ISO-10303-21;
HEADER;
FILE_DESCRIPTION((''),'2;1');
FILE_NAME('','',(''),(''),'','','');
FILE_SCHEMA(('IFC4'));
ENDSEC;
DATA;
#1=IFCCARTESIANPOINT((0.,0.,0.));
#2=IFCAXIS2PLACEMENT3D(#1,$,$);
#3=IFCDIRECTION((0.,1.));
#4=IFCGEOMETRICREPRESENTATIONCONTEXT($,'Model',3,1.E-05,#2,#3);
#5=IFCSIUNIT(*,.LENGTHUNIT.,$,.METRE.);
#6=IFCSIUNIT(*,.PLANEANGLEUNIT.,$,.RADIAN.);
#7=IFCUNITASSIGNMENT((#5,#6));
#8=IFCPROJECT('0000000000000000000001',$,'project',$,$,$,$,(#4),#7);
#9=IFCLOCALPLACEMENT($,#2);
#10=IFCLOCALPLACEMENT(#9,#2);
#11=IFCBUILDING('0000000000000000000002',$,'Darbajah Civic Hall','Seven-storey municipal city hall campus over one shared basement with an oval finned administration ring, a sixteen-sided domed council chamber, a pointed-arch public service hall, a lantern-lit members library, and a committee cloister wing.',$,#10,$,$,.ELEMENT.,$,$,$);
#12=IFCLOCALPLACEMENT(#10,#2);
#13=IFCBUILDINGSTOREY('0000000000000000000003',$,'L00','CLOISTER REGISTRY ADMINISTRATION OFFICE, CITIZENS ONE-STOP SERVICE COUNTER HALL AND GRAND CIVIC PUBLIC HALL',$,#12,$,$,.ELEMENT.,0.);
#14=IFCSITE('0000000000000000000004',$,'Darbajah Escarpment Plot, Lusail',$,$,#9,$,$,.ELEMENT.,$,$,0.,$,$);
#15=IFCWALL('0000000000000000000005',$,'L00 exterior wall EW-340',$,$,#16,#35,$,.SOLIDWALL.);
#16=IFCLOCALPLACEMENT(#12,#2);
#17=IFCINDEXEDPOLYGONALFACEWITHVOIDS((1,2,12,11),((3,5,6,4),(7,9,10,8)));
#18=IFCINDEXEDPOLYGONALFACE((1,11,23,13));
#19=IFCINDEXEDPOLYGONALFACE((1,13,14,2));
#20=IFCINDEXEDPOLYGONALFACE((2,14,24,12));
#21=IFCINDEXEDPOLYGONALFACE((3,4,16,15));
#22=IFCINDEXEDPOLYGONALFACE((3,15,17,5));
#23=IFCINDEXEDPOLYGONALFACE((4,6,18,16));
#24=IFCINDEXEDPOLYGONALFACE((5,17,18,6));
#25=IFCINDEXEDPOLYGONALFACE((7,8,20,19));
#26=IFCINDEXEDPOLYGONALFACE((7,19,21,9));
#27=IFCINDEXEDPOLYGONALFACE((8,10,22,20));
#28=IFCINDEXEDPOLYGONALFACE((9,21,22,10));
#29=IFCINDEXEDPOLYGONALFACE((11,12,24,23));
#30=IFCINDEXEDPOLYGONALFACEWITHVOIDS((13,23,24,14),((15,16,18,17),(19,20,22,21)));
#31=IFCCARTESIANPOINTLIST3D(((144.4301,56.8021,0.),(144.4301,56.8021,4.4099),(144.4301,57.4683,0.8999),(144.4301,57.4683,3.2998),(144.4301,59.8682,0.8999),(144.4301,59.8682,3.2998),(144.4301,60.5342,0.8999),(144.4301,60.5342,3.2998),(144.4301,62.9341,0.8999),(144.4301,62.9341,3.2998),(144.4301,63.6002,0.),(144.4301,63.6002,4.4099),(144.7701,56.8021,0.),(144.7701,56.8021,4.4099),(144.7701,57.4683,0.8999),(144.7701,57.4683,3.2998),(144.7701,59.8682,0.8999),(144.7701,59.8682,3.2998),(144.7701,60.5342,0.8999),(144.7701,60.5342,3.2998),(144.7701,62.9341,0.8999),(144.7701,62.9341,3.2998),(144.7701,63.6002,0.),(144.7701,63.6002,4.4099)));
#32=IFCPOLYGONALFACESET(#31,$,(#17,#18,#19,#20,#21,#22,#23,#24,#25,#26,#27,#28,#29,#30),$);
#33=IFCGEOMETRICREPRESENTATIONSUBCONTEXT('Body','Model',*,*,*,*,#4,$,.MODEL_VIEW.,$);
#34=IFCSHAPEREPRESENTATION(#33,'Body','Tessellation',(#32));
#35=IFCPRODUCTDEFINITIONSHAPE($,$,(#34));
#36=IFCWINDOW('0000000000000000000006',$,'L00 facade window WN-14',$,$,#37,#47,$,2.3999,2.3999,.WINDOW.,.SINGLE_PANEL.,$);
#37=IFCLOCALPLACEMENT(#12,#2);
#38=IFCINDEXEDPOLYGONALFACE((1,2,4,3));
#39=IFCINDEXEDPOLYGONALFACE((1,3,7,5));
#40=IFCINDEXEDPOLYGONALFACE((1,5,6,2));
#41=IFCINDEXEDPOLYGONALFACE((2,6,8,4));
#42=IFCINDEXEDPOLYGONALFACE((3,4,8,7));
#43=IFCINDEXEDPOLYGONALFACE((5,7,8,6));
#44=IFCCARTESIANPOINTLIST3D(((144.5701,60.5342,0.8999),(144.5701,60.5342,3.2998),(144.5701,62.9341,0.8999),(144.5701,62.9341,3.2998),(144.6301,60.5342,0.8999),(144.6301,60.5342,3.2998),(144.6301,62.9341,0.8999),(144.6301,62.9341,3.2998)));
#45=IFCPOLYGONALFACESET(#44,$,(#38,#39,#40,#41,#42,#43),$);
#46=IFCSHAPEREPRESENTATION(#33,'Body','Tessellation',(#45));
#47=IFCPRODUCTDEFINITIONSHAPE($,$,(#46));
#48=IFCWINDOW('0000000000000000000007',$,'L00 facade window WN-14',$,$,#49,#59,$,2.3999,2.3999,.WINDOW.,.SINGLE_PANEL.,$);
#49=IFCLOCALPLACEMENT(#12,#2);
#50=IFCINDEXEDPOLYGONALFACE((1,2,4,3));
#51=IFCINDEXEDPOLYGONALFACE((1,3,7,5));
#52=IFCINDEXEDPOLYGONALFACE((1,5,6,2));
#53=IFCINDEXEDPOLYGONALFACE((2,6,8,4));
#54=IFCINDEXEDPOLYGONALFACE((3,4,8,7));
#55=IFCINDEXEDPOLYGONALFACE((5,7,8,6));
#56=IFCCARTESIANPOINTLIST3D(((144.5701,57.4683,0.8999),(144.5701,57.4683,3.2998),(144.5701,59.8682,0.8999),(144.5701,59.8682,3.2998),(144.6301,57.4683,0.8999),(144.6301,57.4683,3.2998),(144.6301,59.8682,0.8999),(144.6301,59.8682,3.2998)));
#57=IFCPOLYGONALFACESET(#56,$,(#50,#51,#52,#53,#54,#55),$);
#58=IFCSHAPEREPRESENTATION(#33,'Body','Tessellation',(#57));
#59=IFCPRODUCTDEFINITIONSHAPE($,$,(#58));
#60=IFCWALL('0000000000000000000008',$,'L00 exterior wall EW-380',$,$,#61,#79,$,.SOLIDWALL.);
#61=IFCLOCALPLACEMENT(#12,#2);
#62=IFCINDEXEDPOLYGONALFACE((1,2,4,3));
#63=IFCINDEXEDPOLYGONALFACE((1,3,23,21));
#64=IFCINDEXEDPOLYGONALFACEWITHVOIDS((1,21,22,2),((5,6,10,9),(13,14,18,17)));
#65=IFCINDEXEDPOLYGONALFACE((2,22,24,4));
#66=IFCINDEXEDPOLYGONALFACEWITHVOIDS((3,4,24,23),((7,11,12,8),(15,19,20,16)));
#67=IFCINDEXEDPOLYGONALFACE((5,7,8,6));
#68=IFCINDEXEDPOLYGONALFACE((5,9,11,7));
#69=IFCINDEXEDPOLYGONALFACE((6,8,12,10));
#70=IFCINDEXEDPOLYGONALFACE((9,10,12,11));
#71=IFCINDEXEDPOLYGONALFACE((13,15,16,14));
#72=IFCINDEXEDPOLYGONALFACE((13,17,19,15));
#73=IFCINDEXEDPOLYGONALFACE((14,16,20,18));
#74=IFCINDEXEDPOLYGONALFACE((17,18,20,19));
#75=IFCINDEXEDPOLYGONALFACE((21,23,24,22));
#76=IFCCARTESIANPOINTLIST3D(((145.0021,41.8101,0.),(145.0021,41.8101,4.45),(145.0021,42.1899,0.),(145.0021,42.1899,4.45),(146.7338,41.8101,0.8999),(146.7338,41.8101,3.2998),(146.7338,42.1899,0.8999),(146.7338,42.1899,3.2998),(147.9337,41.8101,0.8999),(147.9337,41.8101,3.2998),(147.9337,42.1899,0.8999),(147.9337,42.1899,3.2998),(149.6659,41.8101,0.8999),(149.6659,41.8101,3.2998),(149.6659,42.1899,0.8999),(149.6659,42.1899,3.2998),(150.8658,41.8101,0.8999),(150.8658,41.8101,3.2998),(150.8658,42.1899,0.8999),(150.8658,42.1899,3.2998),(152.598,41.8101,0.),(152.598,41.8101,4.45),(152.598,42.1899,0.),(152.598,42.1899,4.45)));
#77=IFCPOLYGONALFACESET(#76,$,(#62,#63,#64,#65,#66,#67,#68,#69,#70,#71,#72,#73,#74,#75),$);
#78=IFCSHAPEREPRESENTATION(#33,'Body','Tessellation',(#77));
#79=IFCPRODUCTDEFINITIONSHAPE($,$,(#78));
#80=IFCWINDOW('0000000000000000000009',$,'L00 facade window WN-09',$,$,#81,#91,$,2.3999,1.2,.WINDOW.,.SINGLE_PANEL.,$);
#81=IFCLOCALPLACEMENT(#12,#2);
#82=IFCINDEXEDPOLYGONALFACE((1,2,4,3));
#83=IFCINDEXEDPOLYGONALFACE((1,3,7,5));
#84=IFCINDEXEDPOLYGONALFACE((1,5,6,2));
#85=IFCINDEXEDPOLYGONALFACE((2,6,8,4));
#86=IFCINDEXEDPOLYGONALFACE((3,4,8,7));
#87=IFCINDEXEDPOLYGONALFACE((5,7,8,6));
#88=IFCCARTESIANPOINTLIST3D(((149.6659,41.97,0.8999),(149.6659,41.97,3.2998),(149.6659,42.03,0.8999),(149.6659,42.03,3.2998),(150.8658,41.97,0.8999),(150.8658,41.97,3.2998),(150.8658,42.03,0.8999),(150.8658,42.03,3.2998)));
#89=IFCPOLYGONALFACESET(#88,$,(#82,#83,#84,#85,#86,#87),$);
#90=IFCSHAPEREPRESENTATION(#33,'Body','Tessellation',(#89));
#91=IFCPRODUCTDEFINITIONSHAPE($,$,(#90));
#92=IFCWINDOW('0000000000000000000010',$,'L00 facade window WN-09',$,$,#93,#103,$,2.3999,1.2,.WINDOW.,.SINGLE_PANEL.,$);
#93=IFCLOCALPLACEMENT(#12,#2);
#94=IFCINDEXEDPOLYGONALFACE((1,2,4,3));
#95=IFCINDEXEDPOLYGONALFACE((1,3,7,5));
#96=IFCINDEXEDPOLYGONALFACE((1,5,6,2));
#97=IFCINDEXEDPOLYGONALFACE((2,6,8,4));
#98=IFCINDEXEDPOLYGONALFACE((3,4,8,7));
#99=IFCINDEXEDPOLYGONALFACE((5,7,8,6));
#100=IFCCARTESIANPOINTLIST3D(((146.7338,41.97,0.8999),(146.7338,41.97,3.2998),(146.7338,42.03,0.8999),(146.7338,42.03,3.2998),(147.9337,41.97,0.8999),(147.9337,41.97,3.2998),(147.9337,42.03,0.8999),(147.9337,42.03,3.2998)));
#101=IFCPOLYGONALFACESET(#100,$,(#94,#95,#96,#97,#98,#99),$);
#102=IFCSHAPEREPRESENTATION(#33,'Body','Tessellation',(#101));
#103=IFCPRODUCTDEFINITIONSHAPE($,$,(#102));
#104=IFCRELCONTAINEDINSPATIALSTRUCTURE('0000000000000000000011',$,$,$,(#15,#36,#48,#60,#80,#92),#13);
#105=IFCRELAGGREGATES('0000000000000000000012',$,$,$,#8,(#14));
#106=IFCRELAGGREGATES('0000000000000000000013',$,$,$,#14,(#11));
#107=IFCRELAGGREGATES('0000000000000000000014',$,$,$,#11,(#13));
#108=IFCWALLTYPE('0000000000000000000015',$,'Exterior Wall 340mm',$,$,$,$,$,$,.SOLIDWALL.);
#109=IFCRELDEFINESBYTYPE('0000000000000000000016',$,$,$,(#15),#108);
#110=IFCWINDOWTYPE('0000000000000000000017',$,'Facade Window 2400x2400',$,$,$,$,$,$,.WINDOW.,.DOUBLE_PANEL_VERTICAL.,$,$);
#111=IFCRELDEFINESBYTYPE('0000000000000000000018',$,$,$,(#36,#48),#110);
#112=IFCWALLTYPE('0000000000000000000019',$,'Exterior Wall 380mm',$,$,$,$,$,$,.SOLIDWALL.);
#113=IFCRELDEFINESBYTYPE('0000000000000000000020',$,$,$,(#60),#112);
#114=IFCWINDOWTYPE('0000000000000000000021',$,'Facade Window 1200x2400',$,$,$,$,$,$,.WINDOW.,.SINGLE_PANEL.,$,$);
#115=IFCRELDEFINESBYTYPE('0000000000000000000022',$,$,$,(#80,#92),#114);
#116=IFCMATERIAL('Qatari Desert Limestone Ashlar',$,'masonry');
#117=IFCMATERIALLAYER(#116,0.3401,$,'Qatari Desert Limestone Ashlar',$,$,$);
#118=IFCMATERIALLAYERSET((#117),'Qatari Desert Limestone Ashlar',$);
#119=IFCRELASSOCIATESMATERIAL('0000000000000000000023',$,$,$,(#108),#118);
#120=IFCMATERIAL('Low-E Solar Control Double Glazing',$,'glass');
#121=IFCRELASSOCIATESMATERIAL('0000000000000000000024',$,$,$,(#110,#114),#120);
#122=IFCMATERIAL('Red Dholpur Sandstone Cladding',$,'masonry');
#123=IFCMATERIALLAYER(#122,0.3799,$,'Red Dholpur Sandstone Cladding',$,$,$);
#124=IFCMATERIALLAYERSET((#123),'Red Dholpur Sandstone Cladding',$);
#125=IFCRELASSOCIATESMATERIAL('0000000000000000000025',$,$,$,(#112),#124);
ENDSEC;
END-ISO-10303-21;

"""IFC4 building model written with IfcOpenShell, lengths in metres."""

from ifc_helpers import new_model, si_unit, direction, frame, frame_2d, origin, place, context, subcontext, project, spatial, rectangle, extrude, material, layer, layer_set, type_object, element, fill, save


model = new_model("IFC4")

# Units and contexts
model_context = context("Model", 3, precision=1e-05, world=origin(), true_north=direction((0.0, 1.0)))
body_context = subcontext(model_context, "Body", "Model", "MODEL_VIEW")
ifc_project = project(units=[si_unit("LENGTHUNIT", "METRE"), si_unit("PLANEANGLEUNIT", "RADIAN")], contexts=[model_context])

# Site, building, storey
site_placement = place(None, origin())
site = spatial("IfcSite", under=ifc_project, at=site_placement, Name="Darbajah Escarpment Plot, Lusail", CompositionType="ELEMENT", RefElevation=0.0)
building_placement = place(site_placement, origin())
building = spatial("IfcBuilding", under=site, at=building_placement, Name="Darbajah Civic Hall", Description="Seven-storey municipal city hall campus over one shared basement with an oval finned administration ring, a sixteen-sided domed council chamber, a pointed-arch public service hall, a lantern-lit members library, and a committee cloister wing.", CompositionType="ELEMENT")
storey_placement = place(building_placement, origin())
storey = spatial("IfcBuildingStorey", under=building, at=storey_placement, Name="L00", Description="CLOISTER REGISTRY ADMINISTRATION OFFICE, CITIZENS ONE-STOP SERVICE COUNTER HALL AND GRAND CIVIC PUBLIC HALL", CompositionType="ELEMENT", Elevation=0.0)

# Walls, openings, windows
ifc_material_1 = material(Name="Qatari Desert Limestone Ashlar", Category="masonry")
ifc_layer_1 = layer(ifc_material_1, 0.3401, Name="Qatari Desert Limestone Ashlar")
ifc_layer_set_1 = layer_set([ifc_layer_1], Name="Qatari Desert Limestone Ashlar")
wall_type_1 = type_object("IfcWallType", Name="Exterior Wall 340mm", PredefinedType="SOLIDWALL", material=ifc_layer_set_1)
ifc_material_2 = material(Name="Low-E Solar Control Double Glazing", Category="glass")
wall_1_placement = place(storey_placement, frame((144.6001, 63.6001, 0.0), z_axis=(0.0, 0.0, 1.0), x_axis=(0.0, -1.0, 0.0)))
wall_1 = element("IfcWall", 1, at=wall_1_placement, inside=storey, type_object=wall_type_1, Name="L00 exterior wall EW-340", PredefinedType="SOLIDWALL", context=body_context, shape_type="SweptSolid", body=[
    extrude(rectangle(XDim=6.7981, YDim=0.3401, at=frame_2d((3.3989, 0.0))), origin(), (0.0, 0.0, 1.0), 4.4099),
])
opening_1_placement = place(wall_1_placement, frame((0.666, 0.0, 0.8999)))
opening_1 = element("IfcOpeningElement", 2, at=opening_1_placement, cuts=wall_1, PredefinedType="OPENING", context=body_context, shape_type="SweptSolid", body=[
    extrude(rectangle(XDim=2.3999, YDim=2.3999, at=frame_2d((1.2, 1.2))), frame((0.0, 0.1799, 0.0), z_axis=(0.0, -1.0, 0.0), x_axis=(1.0, 0.0, 0.0)), (0.0, 0.0, 1.0), 0.3601),
])
opening_2_placement = place(wall_1_placement, frame((3.7319, 0.0, 0.8999)))
opening_2 = element("IfcOpeningElement", 3, at=opening_2_placement, cuts=wall_1, PredefinedType="OPENING", context=body_context, shape_type="SweptSolid", body=[
    extrude(rectangle(XDim=2.3999, YDim=2.3999, at=frame_2d((1.2, 1.2))), frame((0.0, 0.1799, 0.0), z_axis=(0.0, -1.0, 0.0), x_axis=(1.0, 0.0, 0.0)), (0.0, 0.0, 1.0), 0.3601),
])
window_type_1 = type_object("IfcWindowType", Name="Facade Window 2400x2400", PartitioningType="DOUBLE_PANEL_VERTICAL", PredefinedType="WINDOW", material=ifc_material_2)
window_1_placement = place(opening_1_placement, origin())
window_1 = element("IfcWindow", 4, at=window_1_placement, inside=storey, type_object=window_type_1, Name="L00 facade window WN-14", OverallHeight=2.3999, OverallWidth=2.3999, PartitioningType="SINGLE_PANEL", PredefinedType="WINDOW", context=body_context, shape_type="SweptSolid", body=[
    extrude(rectangle(XDim=2.3999, YDim=2.3999, at=frame_2d((1.2, 1.2))), frame((0.0, 0.03, 0.0), z_axis=(0.0, -1.0, 0.0), x_axis=(1.0, 0.0, 0.0)), (0.0, 0.0, 1.0), 0.0601),
])
fill(opening_1, window_1)
window_2_placement = place(opening_2_placement, origin())
window_2 = element("IfcWindow", 5, at=window_2_placement, inside=storey, type_object=window_type_1, Name="L00 facade window WN-14", OverallHeight=2.3999, OverallWidth=2.3999, PartitioningType="SINGLE_PANEL", PredefinedType="WINDOW", context=body_context, shape_type="SweptSolid", body=[
    extrude(rectangle(XDim=2.3999, YDim=2.3999, at=frame_2d((1.2, 1.2))), frame((0.0, 0.03, 0.0), z_axis=(0.0, -1.0, 0.0), x_axis=(1.0, 0.0, 0.0)), (0.0, 0.0, 1.0), 0.0601),
])
fill(opening_2, window_2)
ifc_material_3 = material(Name="Red Dholpur Sandstone Cladding", Category="masonry")
ifc_layer_2 = layer(ifc_material_3, 0.3799, Name="Red Dholpur Sandstone Cladding")
ifc_layer_set_2 = layer_set([ifc_layer_2], Name="Red Dholpur Sandstone Cladding")
wall_type_2 = type_object("IfcWallType", Name="Exterior Wall 380mm", PredefinedType="SOLIDWALL", material=ifc_layer_set_2)
wall_2_placement = place(storey_placement, frame((152.5979, 42.0, 0.0), z_axis=(0.0, 0.0, 1.0), x_axis=(-1.0, 0.0, 0.0)))
wall_2 = element("IfcWall", 6, at=wall_2_placement, inside=storey, type_object=wall_type_2, Name="L00 exterior wall EW-380", PredefinedType="SOLIDWALL", context=body_context, shape_type="SweptSolid", body=[
    extrude(rectangle(XDim=7.5959, YDim=0.3799, at=frame_2d((3.7979, 0.0))), origin(), (0.0, 0.0, 1.0), 4.45),
])
opening_3_placement = place(wall_2_placement, frame((1.7319, 0.0, 0.8999)))
opening_3 = element("IfcOpeningElement", 7, at=opening_3_placement, cuts=wall_2, PredefinedType="OPENING", context=body_context, shape_type="SweptSolid", body=[
    extrude(rectangle(XDim=1.2, YDim=2.3999, at=frame_2d((0.6001, 1.2))), frame((0.0, 0.2, 0.0), z_axis=(0.0, -1.0, 0.0), x_axis=(1.0, 0.0, 0.0)), (0.0, 0.0, 1.0), 0.3999),
])
opening_4_placement = place(wall_2_placement, frame((4.6641, 0.0, 0.8999)))
opening_4 = element("IfcOpeningElement", 8, at=opening_4_placement, cuts=wall_2, PredefinedType="OPENING", context=body_context, shape_type="SweptSolid", body=[
    extrude(rectangle(XDim=1.2, YDim=2.3999, at=frame_2d((0.6001, 1.2))), frame((0.0, 0.2, 0.0), z_axis=(0.0, -1.0, 0.0), x_axis=(1.0, 0.0, 0.0)), (0.0, 0.0, 1.0), 0.3999),
])
window_type_2 = type_object("IfcWindowType", Name="Facade Window 1200x2400", PartitioningType="SINGLE_PANEL", PredefinedType="WINDOW", material=ifc_material_2)
window_3_placement = place(opening_3_placement, origin())
window_3 = element("IfcWindow", 9, at=window_3_placement, inside=storey, type_object=window_type_2, Name="L00 facade window WN-09", OverallHeight=2.3999, OverallWidth=1.2, PartitioningType="SINGLE_PANEL", PredefinedType="WINDOW", context=body_context, shape_type="SweptSolid", body=[
    extrude(rectangle(XDim=1.2, YDim=2.3999, at=frame_2d((0.6001, 1.2))), frame((0.0, 0.03, 0.0), z_axis=(0.0, -1.0, 0.0), x_axis=(1.0, 0.0, 0.0)), (0.0, 0.0, 1.0), 0.0601),
])
fill(opening_3, window_3)
window_4_placement = place(opening_4_placement, origin())
window_4 = element("IfcWindow", 10, at=window_4_placement, inside=storey, type_object=window_type_2, Name="L00 facade window WN-09", OverallHeight=2.3999, OverallWidth=1.2, PartitioningType="SINGLE_PANEL", PredefinedType="WINDOW", context=body_context, shape_type="SweptSolid", body=[
    extrude(rectangle(XDim=1.2, YDim=2.3999, at=frame_2d((0.6001, 1.2))), frame((0.0, 0.03, 0.0), z_axis=(0.0, -1.0, 0.0), x_axis=(1.0, 0.0, 0.0)), (0.0, 0.0, 1.0), 0.0601),
])
fill(opening_4, window_4)

save(model, "model.ifc")
